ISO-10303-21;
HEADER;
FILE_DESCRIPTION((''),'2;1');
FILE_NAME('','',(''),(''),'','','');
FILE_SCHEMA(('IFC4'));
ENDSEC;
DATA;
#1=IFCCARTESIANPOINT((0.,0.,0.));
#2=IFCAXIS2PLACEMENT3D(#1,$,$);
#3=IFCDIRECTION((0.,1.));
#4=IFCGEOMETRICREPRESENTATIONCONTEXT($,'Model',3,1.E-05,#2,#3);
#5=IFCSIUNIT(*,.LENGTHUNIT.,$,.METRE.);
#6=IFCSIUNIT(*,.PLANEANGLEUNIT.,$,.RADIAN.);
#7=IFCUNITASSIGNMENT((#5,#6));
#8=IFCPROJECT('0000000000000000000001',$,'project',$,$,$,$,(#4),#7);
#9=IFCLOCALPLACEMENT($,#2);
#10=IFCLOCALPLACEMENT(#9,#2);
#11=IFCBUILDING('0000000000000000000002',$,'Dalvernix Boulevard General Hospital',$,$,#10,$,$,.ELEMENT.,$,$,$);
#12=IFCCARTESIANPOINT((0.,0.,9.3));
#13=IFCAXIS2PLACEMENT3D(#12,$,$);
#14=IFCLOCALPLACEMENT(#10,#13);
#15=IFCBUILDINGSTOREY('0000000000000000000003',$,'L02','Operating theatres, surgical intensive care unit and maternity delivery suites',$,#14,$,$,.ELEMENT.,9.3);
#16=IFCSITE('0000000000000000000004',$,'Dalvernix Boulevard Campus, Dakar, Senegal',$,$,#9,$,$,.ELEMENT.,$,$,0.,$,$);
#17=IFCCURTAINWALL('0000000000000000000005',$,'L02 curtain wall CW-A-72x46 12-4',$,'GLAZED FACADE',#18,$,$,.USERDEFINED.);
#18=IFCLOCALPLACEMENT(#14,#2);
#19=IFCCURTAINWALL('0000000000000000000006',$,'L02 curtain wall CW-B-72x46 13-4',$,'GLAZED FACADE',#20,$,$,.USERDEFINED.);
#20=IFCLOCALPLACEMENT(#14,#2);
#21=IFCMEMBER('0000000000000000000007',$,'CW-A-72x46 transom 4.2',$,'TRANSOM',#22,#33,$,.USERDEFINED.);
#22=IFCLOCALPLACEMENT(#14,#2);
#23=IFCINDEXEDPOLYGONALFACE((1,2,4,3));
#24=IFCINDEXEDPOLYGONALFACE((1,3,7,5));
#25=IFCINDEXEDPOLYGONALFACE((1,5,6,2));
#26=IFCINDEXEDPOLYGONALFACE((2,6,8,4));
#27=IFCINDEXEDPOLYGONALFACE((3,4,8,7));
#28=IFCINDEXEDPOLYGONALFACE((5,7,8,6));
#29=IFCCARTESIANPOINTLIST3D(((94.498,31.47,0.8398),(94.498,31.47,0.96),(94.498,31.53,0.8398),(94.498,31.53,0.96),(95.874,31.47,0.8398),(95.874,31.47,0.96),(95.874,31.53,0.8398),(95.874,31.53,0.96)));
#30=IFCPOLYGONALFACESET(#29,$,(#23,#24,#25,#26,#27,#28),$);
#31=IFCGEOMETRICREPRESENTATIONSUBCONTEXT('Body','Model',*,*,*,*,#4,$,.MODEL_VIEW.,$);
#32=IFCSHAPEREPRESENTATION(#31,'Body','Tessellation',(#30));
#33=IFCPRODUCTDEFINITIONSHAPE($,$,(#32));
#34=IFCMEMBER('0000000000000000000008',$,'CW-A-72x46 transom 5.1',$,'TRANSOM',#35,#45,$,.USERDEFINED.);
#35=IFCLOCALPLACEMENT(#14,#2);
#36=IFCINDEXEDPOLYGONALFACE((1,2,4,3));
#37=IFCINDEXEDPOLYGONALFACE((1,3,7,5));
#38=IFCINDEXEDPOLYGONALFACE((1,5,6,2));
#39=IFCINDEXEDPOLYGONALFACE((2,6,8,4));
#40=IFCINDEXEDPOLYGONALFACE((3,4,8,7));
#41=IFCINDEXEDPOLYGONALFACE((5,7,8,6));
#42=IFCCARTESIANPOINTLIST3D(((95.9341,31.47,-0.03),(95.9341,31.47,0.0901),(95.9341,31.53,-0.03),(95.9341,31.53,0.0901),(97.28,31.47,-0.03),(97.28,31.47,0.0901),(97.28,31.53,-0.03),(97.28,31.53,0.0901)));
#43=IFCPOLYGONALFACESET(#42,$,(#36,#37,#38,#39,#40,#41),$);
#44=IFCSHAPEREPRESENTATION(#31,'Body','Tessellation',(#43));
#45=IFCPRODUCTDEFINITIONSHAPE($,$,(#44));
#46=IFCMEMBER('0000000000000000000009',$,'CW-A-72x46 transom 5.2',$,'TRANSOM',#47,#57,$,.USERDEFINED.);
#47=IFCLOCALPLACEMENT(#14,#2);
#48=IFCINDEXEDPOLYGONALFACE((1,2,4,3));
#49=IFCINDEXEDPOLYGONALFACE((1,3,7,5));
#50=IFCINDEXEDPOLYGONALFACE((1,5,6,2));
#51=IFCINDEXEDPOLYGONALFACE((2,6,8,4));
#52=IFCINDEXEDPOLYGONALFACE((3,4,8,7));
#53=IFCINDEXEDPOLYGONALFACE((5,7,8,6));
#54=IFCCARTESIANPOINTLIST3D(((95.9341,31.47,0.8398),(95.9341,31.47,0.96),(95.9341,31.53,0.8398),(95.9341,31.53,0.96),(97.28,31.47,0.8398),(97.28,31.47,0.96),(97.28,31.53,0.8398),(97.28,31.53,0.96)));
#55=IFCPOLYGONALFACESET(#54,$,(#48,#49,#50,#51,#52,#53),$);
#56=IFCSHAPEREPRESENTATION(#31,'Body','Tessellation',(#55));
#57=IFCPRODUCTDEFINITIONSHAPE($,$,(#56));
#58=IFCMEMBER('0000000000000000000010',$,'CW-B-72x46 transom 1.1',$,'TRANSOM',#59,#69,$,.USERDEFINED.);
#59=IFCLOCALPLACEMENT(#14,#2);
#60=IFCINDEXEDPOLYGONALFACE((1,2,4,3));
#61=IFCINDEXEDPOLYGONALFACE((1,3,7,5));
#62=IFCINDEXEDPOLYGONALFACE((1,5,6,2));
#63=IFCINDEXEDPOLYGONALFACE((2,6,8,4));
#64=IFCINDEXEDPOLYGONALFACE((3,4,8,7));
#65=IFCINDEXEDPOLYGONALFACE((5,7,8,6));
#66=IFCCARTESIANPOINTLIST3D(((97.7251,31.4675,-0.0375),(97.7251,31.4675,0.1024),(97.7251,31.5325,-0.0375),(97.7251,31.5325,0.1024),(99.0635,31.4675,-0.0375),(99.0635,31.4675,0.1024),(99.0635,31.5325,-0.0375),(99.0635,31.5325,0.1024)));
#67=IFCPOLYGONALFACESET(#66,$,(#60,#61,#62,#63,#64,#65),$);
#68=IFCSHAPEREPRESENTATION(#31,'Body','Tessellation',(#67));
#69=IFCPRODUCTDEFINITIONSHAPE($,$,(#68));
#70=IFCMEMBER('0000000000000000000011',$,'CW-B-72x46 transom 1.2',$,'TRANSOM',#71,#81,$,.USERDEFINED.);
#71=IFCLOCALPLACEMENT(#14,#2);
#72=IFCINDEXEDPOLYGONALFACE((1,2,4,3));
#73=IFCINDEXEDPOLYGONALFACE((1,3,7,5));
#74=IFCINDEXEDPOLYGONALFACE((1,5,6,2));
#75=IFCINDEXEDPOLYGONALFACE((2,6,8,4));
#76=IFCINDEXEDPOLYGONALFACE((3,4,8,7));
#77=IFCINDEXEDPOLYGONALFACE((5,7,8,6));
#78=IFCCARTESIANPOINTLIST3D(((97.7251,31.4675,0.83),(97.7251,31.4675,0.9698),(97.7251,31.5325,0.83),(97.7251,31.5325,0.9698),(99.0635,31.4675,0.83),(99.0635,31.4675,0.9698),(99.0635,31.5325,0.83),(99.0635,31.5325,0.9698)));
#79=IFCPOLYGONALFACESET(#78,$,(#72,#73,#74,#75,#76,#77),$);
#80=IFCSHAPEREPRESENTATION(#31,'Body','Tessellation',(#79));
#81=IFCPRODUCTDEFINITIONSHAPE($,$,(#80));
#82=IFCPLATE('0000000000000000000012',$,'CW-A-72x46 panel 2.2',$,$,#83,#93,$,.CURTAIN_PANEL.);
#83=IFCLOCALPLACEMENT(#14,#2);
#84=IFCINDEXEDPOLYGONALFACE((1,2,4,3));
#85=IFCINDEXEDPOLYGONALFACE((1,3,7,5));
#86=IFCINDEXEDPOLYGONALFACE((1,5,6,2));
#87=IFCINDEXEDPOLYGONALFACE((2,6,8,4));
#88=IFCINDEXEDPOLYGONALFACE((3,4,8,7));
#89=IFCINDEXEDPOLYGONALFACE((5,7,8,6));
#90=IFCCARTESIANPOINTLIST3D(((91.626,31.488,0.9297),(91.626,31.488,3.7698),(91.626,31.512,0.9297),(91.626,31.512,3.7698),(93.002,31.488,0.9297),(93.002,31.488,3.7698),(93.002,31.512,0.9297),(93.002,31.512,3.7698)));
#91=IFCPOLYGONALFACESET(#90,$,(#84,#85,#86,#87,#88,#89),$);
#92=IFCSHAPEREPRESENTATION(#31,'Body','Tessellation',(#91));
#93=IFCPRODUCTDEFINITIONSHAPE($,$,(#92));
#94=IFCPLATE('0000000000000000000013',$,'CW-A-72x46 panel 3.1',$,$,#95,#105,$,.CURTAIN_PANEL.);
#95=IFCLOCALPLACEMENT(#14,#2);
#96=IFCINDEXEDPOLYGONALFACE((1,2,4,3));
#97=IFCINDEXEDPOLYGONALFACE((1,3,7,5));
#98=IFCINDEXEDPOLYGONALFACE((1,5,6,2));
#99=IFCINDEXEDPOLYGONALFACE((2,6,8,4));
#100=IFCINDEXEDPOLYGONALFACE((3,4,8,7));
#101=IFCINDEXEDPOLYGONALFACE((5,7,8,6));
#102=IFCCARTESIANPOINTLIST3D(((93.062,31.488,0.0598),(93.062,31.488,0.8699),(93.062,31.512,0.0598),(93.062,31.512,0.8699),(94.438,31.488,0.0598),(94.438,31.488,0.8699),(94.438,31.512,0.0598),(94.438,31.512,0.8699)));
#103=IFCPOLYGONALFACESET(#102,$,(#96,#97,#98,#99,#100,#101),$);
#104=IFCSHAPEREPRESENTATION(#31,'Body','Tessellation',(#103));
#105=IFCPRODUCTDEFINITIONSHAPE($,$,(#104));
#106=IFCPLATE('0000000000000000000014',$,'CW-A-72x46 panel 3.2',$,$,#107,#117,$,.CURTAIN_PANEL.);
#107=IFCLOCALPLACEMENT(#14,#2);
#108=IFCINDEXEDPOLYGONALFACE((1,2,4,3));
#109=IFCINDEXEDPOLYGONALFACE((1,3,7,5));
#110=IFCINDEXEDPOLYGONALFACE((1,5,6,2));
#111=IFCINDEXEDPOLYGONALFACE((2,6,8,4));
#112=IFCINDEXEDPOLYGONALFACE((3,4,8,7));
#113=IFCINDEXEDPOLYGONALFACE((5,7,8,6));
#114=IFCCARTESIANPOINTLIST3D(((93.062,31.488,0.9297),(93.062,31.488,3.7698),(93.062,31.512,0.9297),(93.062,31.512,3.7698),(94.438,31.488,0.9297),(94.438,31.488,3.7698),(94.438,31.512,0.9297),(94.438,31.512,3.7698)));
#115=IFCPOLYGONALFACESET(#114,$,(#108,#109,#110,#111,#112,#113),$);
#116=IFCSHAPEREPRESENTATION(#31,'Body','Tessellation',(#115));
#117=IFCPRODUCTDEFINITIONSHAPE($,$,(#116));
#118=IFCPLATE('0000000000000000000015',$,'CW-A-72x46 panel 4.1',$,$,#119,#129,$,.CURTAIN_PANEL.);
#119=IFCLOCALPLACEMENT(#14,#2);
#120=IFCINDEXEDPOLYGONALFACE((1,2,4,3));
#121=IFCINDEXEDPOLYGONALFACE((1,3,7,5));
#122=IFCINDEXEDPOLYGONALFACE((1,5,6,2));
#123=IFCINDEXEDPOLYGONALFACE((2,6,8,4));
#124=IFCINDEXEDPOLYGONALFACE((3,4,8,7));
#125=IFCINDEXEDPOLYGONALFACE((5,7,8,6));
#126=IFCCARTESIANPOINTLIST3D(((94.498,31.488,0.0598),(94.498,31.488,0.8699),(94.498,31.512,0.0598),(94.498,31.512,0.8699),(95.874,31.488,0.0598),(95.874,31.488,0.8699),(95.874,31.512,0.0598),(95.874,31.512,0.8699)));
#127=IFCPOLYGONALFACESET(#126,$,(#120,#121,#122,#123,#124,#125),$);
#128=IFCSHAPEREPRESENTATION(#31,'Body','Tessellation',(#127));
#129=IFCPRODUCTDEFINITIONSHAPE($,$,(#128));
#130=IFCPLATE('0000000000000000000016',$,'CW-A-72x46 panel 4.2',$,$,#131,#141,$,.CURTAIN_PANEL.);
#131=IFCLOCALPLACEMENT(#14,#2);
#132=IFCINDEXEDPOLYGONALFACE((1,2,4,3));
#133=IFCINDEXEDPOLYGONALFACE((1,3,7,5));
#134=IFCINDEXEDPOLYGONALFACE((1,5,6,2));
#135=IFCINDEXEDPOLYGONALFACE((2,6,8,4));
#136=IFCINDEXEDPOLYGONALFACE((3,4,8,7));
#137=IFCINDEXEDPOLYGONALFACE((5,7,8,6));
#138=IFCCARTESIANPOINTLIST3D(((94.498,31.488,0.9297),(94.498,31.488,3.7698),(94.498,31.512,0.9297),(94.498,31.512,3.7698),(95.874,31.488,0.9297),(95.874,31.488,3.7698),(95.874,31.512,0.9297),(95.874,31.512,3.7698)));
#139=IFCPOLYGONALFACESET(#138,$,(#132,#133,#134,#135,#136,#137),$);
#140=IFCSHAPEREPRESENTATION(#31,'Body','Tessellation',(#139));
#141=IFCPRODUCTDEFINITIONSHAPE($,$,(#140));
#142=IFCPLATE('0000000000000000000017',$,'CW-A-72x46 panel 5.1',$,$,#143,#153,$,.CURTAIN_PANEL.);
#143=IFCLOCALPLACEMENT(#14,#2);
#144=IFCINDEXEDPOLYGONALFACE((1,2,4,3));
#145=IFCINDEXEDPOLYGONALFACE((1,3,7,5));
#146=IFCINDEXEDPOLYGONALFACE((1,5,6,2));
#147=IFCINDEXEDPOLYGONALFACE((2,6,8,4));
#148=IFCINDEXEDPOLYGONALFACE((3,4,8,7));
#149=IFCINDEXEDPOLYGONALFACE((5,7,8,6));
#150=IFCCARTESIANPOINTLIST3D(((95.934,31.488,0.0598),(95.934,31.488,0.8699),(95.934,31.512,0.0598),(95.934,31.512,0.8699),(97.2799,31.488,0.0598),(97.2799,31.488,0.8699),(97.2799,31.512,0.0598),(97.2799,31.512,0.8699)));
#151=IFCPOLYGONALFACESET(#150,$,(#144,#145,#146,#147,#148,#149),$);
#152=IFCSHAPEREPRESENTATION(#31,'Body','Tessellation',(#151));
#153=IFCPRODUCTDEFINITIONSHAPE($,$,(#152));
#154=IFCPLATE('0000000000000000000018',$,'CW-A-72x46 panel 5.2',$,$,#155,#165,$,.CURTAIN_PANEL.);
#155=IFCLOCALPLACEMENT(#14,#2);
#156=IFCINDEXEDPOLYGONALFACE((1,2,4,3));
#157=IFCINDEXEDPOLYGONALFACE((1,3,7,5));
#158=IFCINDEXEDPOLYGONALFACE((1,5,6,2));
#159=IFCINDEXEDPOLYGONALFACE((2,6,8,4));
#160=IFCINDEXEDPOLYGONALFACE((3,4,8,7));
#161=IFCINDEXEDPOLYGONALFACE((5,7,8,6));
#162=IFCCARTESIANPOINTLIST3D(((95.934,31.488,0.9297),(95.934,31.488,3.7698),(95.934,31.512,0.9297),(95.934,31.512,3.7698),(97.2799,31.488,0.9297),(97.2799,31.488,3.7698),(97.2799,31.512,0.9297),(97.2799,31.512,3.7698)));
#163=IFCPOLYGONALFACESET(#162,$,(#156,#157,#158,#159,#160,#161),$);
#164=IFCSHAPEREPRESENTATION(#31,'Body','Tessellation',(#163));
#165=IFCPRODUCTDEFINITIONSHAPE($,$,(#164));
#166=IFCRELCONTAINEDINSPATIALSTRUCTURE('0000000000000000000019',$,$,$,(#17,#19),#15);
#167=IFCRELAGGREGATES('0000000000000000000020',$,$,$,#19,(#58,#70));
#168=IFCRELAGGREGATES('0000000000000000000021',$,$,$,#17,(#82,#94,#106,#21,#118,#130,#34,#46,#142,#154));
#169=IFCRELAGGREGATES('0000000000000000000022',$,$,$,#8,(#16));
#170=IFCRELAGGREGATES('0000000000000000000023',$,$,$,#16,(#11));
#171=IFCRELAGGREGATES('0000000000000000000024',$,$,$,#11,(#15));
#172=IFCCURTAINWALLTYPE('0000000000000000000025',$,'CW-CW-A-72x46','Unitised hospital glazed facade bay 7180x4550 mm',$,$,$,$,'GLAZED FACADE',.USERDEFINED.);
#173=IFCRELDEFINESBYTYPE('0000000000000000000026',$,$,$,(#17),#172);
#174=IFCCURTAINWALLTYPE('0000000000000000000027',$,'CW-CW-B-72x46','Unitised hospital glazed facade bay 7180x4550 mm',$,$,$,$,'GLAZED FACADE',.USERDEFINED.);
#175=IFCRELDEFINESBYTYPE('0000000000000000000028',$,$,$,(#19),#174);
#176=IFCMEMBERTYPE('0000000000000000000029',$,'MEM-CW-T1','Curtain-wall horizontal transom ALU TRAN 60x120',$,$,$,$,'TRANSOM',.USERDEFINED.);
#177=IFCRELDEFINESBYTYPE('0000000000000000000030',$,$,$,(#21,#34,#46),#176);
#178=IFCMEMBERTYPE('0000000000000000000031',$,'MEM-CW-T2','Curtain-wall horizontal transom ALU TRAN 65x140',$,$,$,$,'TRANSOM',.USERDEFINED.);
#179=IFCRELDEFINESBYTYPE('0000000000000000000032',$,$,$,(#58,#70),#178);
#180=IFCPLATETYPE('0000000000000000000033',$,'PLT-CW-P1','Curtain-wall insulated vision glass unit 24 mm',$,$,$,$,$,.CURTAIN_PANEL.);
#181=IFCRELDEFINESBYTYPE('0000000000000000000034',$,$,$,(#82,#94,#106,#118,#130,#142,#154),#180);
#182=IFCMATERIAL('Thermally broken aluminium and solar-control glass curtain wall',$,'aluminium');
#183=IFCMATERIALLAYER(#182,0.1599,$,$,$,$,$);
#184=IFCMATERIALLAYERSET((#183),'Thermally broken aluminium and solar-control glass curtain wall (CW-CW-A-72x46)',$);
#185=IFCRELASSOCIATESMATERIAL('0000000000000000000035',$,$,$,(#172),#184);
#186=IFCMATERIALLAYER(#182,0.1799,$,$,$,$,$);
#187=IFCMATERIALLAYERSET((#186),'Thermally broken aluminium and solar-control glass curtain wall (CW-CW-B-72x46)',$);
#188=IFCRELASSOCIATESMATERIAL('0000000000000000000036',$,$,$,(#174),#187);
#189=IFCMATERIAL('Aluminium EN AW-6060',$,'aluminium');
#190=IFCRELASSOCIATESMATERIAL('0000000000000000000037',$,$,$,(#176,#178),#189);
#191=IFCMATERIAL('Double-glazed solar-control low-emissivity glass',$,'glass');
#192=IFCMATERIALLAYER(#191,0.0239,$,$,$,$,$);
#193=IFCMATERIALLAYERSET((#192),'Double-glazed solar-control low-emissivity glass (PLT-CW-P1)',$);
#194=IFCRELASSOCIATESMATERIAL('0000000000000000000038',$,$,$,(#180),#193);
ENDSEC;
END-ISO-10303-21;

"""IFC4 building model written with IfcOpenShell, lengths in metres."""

from ifc_helpers import new_model, si_unit, direction, frame, origin, origin_2d, place, context, subcontext, project, spatial, rectangle, extrude, material, layer, layer_set, material_profile, profile_set, type_object, element, aggregate, save


model = new_model("IFC4")

# Units and contexts
model_context = context("Model", 3, precision=1e-05, world=origin(), true_north=direction((0.0, 1.0)))
body_context = subcontext(model_context, "Body", "Model", "MODEL_VIEW")
ifc_project = project(units=[si_unit("LENGTHUNIT", "METRE"), si_unit("PLANEANGLEUNIT", "RADIAN")], contexts=[model_context])

# Site, building, storey
site_placement = place(None, origin())
site = spatial("IfcSite", under=ifc_project, at=site_placement, Name="Dalvernix Boulevard Campus, Dakar, Senegal", CompositionType="ELEMENT", RefElevation=0.0)
building_placement = place(site_placement, origin())
building = spatial("IfcBuilding", under=site, at=building_placement, Name="Dalvernix Boulevard General Hospital", CompositionType="ELEMENT")
storey_placement = place(building_placement, frame((0.0, 0.0, 9.3)))
storey = spatial("IfcBuildingStorey", under=building, at=storey_placement, Name="L02", Description="Operating theatres, surgical intensive care unit and maternity delivery suites", CompositionType="ELEMENT", Elevation=9.3)

# Curtain wall
ifc_material_1 = material(Name="Thermally broken aluminium and solar-control glass curtain wall", Category="aluminium")
ifc_layer_1 = layer(ifc_material_1, 0.1599)
ifc_layer_set_1 = layer_set([ifc_layer_1], Name="Thermally broken aluminium and solar-control glass curtain wall (CW-CW-A-72x46)")
curtain_wall_type_1 = type_object("IfcCurtainWallType", Name="CW-CW-A-72x46", Description="Unitised hospital glazed facade bay 7180x4550 mm", ElementType="GLAZED FACADE", PredefinedType="USERDEFINED", material=ifc_layer_set_1)
curtain_wall_1_placement = place(storey_placement, origin())
curtain_wall_1 = element("IfcCurtainWall", 1, at=curtain_wall_1_placement, inside=storey, type_object=curtain_wall_type_1, Name="L02 curtain wall CW-A-72x46 12-4", ObjectType="GLAZED FACADE", PredefinedType="USERDEFINED")
ifc_material_2 = material(Name="Aluminium EN AW-6060", Category="aluminium")

# Curtain wall
ifc_layer_2 = layer(ifc_material_1, 0.1799)
ifc_layer_set_2 = layer_set([ifc_layer_2], Name="Thermally broken aluminium and solar-control glass curtain wall (CW-CW-B-72x46)")
curtain_wall_type_2 = type_object("IfcCurtainWallType", Name="CW-CW-B-72x46", Description="Unitised hospital glazed facade bay 7180x4550 mm", ElementType="GLAZED FACADE", PredefinedType="USERDEFINED", material=ifc_layer_set_2)
curtain_wall_2_placement = place(storey_placement, origin())
curtain_wall_2 = element("IfcCurtainWall", 2, at=curtain_wall_2_placement, inside=storey, type_object=curtain_wall_type_2, Name="L02 curtain wall CW-B-72x46 13-4", ObjectType="GLAZED FACADE", PredefinedType="USERDEFINED")

# Members
ifc_material_profile_1 = material_profile(ifc_material_2, rectangle(XDim=0.0601, YDim=0.1201, at=origin_2d()), Name="ALU TRAN 60x120")
ifc_profile_set_1 = profile_set([ifc_material_profile_1], Name="Aluminium EN AW-6060")
member_type_1 = type_object("IfcMemberType", Name="MEM-CW-T1", Description="Curtain-wall horizontal transom ALU TRAN 60x120", ElementType="TRANSOM", PredefinedType="USERDEFINED", material=ifc_profile_set_1)
member_1_placement = place(storey_placement, frame((94.498, 31.5, 0.8999), z_axis=(1.0, 0.0, 0.0), x_axis=(0.0, 1.0, 0.0)))
member_1 = element("IfcMember", 3, at=member_1_placement, type_object=member_type_1, Name="CW-A-72x46 transom 4.2", ObjectType="TRANSOM", PredefinedType="USERDEFINED", context=body_context, shape_type="SweptSolid", body=[
    extrude(rectangle(XDim=0.0601, YDim=0.1201, at=origin_2d()), origin(), (0.0, 0.0, 1.0), 1.376),
])
member_2_placement = place(storey_placement, frame((95.9341, 31.5, 0.03), z_axis=(1.0, 0.0, 0.0), x_axis=(0.0, 1.0, 0.0)))
member_2 = element("IfcMember", 4, at=member_2_placement, type_object=member_type_1, Name="CW-A-72x46 transom 5.1", ObjectType="TRANSOM", PredefinedType="USERDEFINED", context=body_context, shape_type="SweptSolid", body=[
    extrude(rectangle(XDim=0.0601, YDim=0.1201, at=origin_2d()), origin(), (0.0, 0.0, 1.0), 1.3459),
])
member_3_placement = place(storey_placement, frame((95.9341, 31.5, 0.8999), z_axis=(1.0, 0.0, 0.0), x_axis=(0.0, 1.0, 0.0)))
member_3 = element("IfcMember", 5, at=member_3_placement, type_object=member_type_1, Name="CW-A-72x46 transom 5.2", ObjectType="TRANSOM", PredefinedType="USERDEFINED", context=body_context, shape_type="SweptSolid", body=[
    extrude(rectangle(XDim=0.0601, YDim=0.1201, at=origin_2d()), origin(), (0.0, 0.0, 1.0), 1.3459),
])
ifc_material_profile_2 = material_profile(ifc_material_2, rectangle(XDim=0.0649, YDim=0.1399, at=origin_2d()), Name="ALU TRAN 65x140")
ifc_profile_set_2 = profile_set([ifc_material_profile_2], Name="Aluminium EN AW-6060")
member_type_2 = type_object("IfcMemberType", Name="MEM-CW-T2", Description="Curtain-wall horizontal transom ALU TRAN 65x140", ElementType="TRANSOM", PredefinedType="USERDEFINED", material=ifc_profile_set_2)
member_4_placement = place(storey_placement, frame((97.7251, 31.5, 0.0325), z_axis=(1.0, 0.0, 0.0), x_axis=(0.0, 1.0, 0.0)))
member_4 = element("IfcMember", 6, at=member_4_placement, type_object=member_type_2, Name="CW-B-72x46 transom 1.1", ObjectType="TRANSOM", PredefinedType="USERDEFINED", context=body_context, shape_type="SweptSolid", body=[
    extrude(rectangle(XDim=0.0649, YDim=0.1399, at=origin_2d()), origin(), (0.0, 0.0, 1.0), 1.3384),
])
member_5_placement = place(storey_placement, frame((97.7251, 31.5, 0.8999), z_axis=(1.0, 0.0, 0.0), x_axis=(0.0, 1.0, 0.0)))
member_5 = element("IfcMember", 7, at=member_5_placement, type_object=member_type_2, Name="CW-B-72x46 transom 1.2", ObjectType="TRANSOM", PredefinedType="USERDEFINED", context=body_context, shape_type="SweptSolid", body=[
    extrude(rectangle(XDim=0.0649, YDim=0.1399, at=origin_2d()), origin(), (0.0, 0.0, 1.0), 1.3384),
])
aggregate(curtain_wall_2, [member_4, member_5])

# Plates
ifc_material_3 = material(Name="Double-glazed solar-control low-emissivity glass", Category="glass")
ifc_layer_3 = layer(ifc_material_3, 0.0239)
ifc_layer_set_3 = layer_set([ifc_layer_3], Name="Double-glazed solar-control low-emissivity glass (PLT-CW-P1)")
plate_type = type_object("IfcPlateType", Name="PLT-CW-P1", Description="Curtain-wall insulated vision glass unit 24 mm", PredefinedType="CURTAIN_PANEL", material=ifc_layer_set_3)
plate_1_placement = place(storey_placement, frame((92.314, 31.5, 0.9297), z_axis=(0.0, 0.0, 1.0), x_axis=(1.0, 0.0, 0.0)))
plate_1 = element("IfcPlate", 8, at=plate_1_placement, type_object=plate_type, Name="CW-A-72x46 panel 2.2", PredefinedType="CURTAIN_PANEL", context=body_context, shape_type="SweptSolid", body=[
    extrude(rectangle(XDim=1.376, YDim=0.0239, at=origin_2d()), origin(), (0.0, 0.0, 1.0), 2.8401),
])
plate_2_placement = place(storey_placement, frame((93.75, 31.5, 0.0598), z_axis=(0.0, 0.0, 1.0), x_axis=(1.0, 0.0, 0.0)))
plate_2 = element("IfcPlate", 9, at=plate_2_placement, type_object=plate_type, Name="CW-A-72x46 panel 3.1", PredefinedType="CURTAIN_PANEL", context=body_context, shape_type="SweptSolid", body=[
    extrude(rectangle(XDim=1.376, YDim=0.0239, at=origin_2d()), origin(), (0.0, 0.0, 1.0), 0.8101),
])
plate_3_placement = place(storey_placement, frame((93.75, 31.5, 0.9297), z_axis=(0.0, 0.0, 1.0), x_axis=(1.0, 0.0, 0.0)))
plate_3 = element("IfcPlate", 10, at=plate_3_placement, type_object=plate_type, Name="CW-A-72x46 panel 3.2", PredefinedType="CURTAIN_PANEL", context=body_context, shape_type="SweptSolid", body=[
    extrude(rectangle(XDim=1.376, YDim=0.0239, at=origin_2d()), origin(), (0.0, 0.0, 1.0), 2.8401),
])
plate_4_placement = place(storey_placement, frame((95.186, 31.5, 0.0598), z_axis=(0.0, 0.0, 1.0), x_axis=(1.0, 0.0, 0.0)))
plate_4 = element("IfcPlate", 11, at=plate_4_placement, type_object=plate_type, Name="CW-A-72x46 panel 4.1", PredefinedType="CURTAIN_PANEL", context=body_context, shape_type="SweptSolid", body=[
    extrude(rectangle(XDim=1.376, YDim=0.0239, at=origin_2d()), origin(), (0.0, 0.0, 1.0), 0.8101),
])
plate_5_placement = place(storey_placement, frame((95.186, 31.5, 0.9297), z_axis=(0.0, 0.0, 1.0), x_axis=(1.0, 0.0, 0.0)))
plate_5 = element("IfcPlate", 12, at=plate_5_placement, type_object=plate_type, Name="CW-A-72x46 panel 4.2", PredefinedType="CURTAIN_PANEL", context=body_context, shape_type="SweptSolid", body=[
    extrude(rectangle(XDim=1.376, YDim=0.0239, at=origin_2d()), origin(), (0.0, 0.0, 1.0), 2.8401),
])
plate_6_placement = place(storey_placement, frame((96.6069, 31.5, 0.0598), z_axis=(0.0, 0.0, 1.0), x_axis=(1.0, 0.0, 0.0)))
plate_6 = element("IfcPlate", 13, at=plate_6_placement, type_object=plate_type, Name="CW-A-72x46 panel 5.1", PredefinedType="CURTAIN_PANEL", context=body_context, shape_type="SweptSolid", body=[
    extrude(rectangle(XDim=1.3459, YDim=0.0239, at=origin_2d()), origin(), (0.0, 0.0, 1.0), 0.8101),
])
plate_7_placement = place(storey_placement, frame((96.6069, 31.5, 0.9297), z_axis=(0.0, 0.0, 1.0), x_axis=(1.0, 0.0, 0.0)))
plate_7 = element("IfcPlate", 14, at=plate_7_placement, type_object=plate_type, Name="CW-A-72x46 panel 5.2", PredefinedType="CURTAIN_PANEL", context=body_context, shape_type="SweptSolid", body=[
    extrude(rectangle(XDim=1.3459, YDim=0.0239, at=origin_2d()), origin(), (0.0, 0.0, 1.0), 2.8401),
])
aggregate(curtain_wall_1, [plate_1, plate_2, plate_3, member_1, plate_4, plate_5, member_2, member_3, plate_6, plate_7])

save(model, "model.ifc")
